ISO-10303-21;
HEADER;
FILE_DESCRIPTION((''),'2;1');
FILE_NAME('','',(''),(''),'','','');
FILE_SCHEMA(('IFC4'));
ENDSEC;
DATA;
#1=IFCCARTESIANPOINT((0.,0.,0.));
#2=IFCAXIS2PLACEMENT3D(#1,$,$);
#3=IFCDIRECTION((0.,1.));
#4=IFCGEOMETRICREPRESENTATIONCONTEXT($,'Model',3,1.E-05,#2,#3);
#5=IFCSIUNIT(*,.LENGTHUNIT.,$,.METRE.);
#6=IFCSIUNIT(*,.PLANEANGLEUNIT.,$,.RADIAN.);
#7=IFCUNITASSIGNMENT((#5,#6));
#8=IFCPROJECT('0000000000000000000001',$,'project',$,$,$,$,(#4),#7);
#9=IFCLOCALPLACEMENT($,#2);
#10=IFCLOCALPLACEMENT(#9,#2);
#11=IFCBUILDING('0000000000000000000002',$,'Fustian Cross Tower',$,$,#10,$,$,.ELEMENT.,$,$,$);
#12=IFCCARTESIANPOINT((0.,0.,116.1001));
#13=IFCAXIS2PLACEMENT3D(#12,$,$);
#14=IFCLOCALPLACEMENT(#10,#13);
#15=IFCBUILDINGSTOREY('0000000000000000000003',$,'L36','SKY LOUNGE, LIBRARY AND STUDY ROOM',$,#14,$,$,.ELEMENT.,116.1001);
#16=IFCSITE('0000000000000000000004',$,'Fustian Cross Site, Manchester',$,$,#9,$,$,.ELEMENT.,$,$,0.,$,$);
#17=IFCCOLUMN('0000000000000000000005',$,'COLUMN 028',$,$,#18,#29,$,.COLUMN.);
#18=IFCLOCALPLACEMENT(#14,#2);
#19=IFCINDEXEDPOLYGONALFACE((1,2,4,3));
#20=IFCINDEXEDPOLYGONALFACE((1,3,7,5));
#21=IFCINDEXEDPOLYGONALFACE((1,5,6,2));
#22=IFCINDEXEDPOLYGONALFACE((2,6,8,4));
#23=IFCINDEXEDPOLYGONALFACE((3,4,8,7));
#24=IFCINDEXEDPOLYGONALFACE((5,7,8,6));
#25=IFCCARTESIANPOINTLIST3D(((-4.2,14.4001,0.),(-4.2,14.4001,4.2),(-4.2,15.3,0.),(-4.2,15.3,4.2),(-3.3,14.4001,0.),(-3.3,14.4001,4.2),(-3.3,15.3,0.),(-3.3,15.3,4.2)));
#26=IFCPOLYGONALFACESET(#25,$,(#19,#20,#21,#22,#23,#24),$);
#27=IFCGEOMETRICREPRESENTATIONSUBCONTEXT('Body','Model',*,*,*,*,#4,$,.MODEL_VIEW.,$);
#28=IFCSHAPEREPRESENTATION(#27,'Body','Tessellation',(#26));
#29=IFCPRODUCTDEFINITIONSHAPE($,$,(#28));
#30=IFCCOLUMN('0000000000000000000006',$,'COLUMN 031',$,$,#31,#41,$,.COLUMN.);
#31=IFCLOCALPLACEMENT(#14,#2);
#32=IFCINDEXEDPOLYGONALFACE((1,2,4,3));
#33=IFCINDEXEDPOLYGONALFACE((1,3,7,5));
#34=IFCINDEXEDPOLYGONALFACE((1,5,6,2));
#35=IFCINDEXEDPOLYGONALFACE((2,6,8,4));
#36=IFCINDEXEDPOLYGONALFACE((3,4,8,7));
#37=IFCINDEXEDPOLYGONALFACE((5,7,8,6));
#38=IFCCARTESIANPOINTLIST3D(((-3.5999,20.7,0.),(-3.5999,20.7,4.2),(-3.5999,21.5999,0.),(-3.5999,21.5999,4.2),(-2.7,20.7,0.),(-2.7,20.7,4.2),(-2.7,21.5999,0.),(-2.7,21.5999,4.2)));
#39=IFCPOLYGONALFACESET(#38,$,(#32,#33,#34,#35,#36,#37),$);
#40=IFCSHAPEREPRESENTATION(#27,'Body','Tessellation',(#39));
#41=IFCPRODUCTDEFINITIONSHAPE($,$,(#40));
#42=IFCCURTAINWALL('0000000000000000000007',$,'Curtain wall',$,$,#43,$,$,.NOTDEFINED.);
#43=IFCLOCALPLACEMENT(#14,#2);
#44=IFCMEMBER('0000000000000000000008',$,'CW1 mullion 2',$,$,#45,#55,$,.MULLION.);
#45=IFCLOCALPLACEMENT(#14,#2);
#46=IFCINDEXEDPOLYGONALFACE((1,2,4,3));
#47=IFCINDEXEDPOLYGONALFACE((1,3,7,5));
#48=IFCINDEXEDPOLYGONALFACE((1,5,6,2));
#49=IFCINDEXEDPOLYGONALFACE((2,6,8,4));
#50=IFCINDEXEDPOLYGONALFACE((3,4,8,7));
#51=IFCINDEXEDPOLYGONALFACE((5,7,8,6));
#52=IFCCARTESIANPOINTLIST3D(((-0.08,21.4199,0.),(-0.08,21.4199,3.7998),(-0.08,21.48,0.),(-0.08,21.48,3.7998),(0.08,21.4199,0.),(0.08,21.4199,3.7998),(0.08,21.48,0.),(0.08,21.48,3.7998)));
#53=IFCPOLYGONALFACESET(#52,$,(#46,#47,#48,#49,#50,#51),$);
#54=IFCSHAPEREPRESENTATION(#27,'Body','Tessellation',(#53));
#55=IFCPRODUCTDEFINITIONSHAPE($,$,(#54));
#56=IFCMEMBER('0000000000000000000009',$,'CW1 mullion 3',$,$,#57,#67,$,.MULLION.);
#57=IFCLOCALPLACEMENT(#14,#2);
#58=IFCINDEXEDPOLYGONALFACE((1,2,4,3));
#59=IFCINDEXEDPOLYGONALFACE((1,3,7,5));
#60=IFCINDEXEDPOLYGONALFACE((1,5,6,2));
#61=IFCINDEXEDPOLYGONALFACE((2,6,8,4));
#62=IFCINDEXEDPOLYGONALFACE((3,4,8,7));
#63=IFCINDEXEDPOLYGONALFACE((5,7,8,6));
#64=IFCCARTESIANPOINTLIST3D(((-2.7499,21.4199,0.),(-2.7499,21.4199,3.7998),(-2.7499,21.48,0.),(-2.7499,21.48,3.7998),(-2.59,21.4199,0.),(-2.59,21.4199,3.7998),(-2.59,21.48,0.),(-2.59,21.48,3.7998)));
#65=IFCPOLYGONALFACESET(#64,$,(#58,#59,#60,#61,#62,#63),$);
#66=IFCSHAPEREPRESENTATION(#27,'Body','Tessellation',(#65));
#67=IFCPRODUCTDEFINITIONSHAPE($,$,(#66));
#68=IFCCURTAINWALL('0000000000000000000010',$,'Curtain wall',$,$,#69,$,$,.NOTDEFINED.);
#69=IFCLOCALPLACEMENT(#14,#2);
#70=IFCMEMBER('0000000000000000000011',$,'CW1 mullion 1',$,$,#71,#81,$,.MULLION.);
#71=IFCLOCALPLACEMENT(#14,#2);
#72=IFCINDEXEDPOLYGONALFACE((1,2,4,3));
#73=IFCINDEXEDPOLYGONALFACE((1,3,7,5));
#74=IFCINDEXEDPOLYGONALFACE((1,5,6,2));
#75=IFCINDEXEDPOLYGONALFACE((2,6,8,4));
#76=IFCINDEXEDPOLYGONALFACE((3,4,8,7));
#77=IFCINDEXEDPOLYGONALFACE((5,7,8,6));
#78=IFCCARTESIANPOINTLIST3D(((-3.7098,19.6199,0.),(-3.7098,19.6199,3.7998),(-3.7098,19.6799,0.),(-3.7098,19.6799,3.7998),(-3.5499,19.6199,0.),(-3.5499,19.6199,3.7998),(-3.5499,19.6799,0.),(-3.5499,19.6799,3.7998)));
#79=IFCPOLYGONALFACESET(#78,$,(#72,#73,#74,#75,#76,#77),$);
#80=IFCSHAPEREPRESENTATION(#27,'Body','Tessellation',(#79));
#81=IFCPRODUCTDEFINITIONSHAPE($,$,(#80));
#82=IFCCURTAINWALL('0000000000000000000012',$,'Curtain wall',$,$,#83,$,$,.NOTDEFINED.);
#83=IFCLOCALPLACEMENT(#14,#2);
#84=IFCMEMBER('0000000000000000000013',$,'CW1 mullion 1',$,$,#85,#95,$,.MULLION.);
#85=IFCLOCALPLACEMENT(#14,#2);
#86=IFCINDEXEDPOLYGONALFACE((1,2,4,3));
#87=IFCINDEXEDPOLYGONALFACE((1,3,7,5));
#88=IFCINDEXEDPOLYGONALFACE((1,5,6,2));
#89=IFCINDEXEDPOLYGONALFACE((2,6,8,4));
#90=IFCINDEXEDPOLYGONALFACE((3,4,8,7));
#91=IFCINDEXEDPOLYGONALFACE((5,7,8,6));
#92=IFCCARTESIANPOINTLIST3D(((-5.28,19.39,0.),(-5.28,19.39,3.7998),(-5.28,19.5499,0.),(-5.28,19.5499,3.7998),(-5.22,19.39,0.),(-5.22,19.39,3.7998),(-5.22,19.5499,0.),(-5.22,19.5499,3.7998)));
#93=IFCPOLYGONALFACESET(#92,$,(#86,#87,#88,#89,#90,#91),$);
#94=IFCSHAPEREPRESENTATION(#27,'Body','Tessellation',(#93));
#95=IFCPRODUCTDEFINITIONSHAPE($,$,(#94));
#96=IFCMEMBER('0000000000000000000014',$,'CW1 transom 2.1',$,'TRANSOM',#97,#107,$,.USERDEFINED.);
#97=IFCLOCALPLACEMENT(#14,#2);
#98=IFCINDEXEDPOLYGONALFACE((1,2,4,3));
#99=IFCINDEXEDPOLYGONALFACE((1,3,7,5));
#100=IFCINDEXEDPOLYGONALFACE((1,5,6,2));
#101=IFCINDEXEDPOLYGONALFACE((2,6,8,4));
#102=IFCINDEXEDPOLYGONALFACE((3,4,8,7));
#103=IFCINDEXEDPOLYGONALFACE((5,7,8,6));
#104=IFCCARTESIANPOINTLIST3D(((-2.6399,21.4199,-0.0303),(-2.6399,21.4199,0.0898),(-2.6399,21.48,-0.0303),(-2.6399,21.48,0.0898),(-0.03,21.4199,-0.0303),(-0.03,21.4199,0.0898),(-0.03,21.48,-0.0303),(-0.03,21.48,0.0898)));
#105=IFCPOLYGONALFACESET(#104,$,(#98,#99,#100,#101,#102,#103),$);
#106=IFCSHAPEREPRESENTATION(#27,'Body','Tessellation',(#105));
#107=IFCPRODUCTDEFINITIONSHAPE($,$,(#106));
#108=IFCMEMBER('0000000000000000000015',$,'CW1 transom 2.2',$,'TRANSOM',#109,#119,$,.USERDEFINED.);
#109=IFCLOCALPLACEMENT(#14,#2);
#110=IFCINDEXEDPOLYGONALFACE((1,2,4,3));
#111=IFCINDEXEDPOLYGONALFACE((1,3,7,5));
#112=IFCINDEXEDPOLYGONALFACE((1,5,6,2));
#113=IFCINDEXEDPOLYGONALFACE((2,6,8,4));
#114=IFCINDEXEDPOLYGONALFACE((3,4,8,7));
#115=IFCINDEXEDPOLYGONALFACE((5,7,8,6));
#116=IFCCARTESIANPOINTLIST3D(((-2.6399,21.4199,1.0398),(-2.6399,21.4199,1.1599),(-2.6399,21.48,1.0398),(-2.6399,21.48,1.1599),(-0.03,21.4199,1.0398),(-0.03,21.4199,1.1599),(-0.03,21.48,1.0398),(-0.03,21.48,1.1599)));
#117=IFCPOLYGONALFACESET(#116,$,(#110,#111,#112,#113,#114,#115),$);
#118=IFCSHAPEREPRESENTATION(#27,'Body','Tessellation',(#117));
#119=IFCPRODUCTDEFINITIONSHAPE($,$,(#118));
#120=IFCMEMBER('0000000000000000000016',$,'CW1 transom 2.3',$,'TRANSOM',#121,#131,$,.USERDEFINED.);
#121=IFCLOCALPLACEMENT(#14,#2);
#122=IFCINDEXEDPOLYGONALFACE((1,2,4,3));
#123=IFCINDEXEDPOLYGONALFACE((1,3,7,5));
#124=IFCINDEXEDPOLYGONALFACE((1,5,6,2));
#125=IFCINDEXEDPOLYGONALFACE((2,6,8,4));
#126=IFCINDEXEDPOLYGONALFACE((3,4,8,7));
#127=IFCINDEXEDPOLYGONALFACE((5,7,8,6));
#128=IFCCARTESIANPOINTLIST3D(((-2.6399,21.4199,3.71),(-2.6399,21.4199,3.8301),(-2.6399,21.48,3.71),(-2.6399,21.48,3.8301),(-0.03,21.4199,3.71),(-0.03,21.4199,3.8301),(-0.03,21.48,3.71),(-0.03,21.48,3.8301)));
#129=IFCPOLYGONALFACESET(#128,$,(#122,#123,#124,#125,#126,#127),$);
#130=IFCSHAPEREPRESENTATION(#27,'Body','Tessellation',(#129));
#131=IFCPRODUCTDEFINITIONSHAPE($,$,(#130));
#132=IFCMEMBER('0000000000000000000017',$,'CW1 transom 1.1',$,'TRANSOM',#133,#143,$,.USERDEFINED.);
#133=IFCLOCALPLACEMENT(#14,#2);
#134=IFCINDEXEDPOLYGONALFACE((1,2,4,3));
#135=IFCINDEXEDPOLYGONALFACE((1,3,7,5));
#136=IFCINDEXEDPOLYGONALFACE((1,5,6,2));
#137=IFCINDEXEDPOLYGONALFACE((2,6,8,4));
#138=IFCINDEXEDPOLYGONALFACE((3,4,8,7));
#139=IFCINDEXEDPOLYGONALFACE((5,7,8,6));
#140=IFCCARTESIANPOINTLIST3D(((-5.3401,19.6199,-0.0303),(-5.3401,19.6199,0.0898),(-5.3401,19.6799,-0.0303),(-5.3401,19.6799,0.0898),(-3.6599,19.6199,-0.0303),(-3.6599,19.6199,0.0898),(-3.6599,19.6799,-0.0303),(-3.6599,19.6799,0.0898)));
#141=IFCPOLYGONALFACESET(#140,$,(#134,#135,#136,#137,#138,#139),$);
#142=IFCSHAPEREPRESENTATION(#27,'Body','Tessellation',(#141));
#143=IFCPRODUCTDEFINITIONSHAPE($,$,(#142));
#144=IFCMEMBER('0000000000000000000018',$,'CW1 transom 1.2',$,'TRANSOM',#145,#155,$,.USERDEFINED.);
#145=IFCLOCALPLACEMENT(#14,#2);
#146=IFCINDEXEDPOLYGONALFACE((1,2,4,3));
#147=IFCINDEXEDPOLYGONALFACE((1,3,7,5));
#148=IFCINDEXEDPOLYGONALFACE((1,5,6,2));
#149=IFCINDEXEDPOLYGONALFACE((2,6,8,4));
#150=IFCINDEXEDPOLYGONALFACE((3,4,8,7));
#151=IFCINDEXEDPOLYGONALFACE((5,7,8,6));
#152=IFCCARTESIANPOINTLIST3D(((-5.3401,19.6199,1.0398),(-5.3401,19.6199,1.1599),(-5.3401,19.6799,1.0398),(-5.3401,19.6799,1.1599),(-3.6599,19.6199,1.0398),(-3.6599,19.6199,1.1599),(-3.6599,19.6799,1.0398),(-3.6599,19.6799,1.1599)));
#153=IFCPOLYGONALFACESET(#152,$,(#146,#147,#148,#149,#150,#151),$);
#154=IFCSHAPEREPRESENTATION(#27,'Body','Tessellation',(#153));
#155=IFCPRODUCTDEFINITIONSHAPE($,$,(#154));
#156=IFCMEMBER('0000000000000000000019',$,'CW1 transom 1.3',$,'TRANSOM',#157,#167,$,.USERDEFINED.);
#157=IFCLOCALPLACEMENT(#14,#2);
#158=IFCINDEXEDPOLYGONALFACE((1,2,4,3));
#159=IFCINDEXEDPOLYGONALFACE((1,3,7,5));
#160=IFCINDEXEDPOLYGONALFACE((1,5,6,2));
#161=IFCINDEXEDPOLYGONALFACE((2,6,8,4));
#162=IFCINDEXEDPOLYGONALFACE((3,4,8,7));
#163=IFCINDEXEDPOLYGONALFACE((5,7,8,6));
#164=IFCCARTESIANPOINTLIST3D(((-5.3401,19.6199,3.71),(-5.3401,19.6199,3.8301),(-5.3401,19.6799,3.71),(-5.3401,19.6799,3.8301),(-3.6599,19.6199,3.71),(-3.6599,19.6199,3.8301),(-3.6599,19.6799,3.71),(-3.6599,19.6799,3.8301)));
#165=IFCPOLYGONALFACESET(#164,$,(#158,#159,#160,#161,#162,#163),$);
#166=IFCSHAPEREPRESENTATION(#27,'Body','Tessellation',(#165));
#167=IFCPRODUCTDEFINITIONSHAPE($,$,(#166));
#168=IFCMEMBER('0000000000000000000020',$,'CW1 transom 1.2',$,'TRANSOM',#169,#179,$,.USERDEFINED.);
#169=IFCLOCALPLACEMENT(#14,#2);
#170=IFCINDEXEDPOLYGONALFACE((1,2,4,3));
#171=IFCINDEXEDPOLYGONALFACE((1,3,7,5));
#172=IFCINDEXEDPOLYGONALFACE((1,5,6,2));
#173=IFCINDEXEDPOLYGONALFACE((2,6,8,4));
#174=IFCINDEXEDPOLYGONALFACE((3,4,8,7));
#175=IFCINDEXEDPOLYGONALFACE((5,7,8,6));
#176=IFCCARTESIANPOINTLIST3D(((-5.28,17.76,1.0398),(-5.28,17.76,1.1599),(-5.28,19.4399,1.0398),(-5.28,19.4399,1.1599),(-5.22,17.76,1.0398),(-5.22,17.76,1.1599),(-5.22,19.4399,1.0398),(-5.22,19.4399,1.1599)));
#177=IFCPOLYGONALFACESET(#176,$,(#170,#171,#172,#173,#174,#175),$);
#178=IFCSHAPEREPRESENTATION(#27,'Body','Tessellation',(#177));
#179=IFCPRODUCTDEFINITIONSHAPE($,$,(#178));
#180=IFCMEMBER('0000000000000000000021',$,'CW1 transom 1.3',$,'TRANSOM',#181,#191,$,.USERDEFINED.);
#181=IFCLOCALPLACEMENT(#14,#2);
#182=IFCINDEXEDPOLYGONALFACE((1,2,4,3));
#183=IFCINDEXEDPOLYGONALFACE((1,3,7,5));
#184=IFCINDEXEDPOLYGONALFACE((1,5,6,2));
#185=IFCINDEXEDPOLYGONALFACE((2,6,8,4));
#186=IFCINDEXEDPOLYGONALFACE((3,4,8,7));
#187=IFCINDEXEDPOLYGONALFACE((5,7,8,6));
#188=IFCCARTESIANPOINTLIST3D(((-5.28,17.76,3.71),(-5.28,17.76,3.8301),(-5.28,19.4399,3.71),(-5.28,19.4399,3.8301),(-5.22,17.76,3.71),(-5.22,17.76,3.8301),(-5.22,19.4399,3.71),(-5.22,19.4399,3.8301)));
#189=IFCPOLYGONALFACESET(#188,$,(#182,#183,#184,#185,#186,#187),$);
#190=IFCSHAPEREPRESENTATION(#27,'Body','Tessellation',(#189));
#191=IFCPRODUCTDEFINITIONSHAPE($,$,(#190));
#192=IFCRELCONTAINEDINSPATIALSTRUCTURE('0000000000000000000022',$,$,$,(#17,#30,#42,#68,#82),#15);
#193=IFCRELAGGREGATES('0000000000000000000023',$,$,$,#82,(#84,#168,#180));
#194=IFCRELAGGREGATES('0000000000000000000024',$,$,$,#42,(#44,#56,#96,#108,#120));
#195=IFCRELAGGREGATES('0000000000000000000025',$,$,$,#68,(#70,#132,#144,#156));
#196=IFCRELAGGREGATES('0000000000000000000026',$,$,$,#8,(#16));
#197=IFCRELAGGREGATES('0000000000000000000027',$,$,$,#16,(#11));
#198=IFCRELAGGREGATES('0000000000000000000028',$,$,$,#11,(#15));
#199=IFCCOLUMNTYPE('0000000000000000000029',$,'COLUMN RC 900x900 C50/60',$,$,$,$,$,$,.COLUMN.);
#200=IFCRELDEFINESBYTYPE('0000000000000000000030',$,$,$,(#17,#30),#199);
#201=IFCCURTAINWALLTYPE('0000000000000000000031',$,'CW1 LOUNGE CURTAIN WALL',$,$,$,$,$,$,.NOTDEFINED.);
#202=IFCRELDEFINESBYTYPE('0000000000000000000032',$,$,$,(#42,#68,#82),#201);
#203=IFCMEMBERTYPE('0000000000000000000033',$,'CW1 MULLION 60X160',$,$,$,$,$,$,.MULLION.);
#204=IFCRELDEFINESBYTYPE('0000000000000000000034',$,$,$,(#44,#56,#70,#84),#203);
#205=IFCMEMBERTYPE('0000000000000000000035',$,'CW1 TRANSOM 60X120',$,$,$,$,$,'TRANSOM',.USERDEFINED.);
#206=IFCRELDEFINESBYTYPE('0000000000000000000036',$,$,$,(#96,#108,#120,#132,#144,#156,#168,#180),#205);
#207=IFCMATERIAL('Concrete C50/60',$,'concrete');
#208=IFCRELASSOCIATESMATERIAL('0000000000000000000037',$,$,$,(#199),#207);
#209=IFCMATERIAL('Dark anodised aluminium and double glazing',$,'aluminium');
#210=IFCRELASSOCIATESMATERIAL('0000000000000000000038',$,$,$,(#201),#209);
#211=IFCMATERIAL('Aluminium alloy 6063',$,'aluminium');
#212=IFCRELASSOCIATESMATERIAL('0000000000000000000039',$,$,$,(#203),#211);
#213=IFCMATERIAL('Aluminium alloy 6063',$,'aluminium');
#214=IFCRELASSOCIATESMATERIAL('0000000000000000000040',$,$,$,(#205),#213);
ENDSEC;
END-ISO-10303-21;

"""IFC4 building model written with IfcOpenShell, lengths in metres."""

from ifc_helpers import new_model, si_unit, direction, frame, origin, origin_2d, place, context, subcontext, project, spatial, rectangle, extrude, material, material_profile, profile_set, type_object, element, aggregate, save


model = new_model("IFC4")

# Units and contexts
model_context = context("Model", 3, precision=1e-05, world=origin(), true_north=direction((0.0, 1.0)))
body_context = subcontext(model_context, "Body", "Model", "MODEL_VIEW")
ifc_project = project(units=[si_unit("LENGTHUNIT", "METRE"), si_unit("PLANEANGLEUNIT", "RADIAN")], contexts=[model_context])

# Site, building, storey
site_placement = place(None, origin())
site = spatial("IfcSite", under=ifc_project, at=site_placement, Name="Fustian Cross Site, Manchester", CompositionType="ELEMENT", RefElevation=0.0)
building_placement = place(site_placement, origin())
building = spatial("IfcBuilding", under=site, at=building_placement, Name="Fustian Cross Tower", CompositionType="ELEMENT")
storey_placement = place(building_placement, frame((0.0, 0.0, 116.1001)))
storey = spatial("IfcBuildingStorey", under=building, at=storey_placement, Name="L36", Description="SKY LOUNGE, LIBRARY AND STUDY ROOM", CompositionType="ELEMENT", Elevation=116.1001)

# Columns
ifc_material_1 = material(Name="Concrete C50/60", Category="concrete")
ifc_material_profile_1 = material_profile(ifc_material_1, rectangle(XDim=0.8999, YDim=0.8999, at=origin_2d()), Name="RC 900x900")
ifc_profile_set_1 = profile_set([ifc_material_profile_1], Name="Concrete C50/60")
column_type = type_object("IfcColumnType", Name="COLUMN RC 900x900 C50/60", PredefinedType="COLUMN", material=ifc_profile_set_1)
for number, where, z_axis, x_axis, name in (
    (1, (-3.75, 14.8501, 0.0), (0.0, 0.0, 1.0), (1.0, 0.0, 0.0), "COLUMN 028"),
    (2, (-3.1499, 21.1499, 0.0), (0.0, 0.0, 1.0), (1.0, 0.0, 0.0), "COLUMN 031"),
):
    element("IfcColumn", number, at=place(storey_placement, frame(where, z_axis=z_axis, x_axis=x_axis)), inside=storey, type_object=column_type, Name=name, PredefinedType="COLUMN", context=body_context, shape_type="SweptSolid", body=[
        extrude(rectangle(XDim=0.8999, YDim=0.8999, at=origin_2d()), origin(), (0.0, 0.0, 1.0), 4.2),
    ])

# Curtain wall, members
ifc_material_2 = material(Name="Dark anodised aluminium and double glazing", Category="aluminium")
curtain_wall_type = type_object("IfcCurtainWallType", Name="CW1 LOUNGE CURTAIN WALL", PredefinedType="NOTDEFINED", material=ifc_material_2)
curtain_wall_1_placement = place(storey_placement, origin())
curtain_wall_1 = element("IfcCurtainWall", 3, at=curtain_wall_1_placement, inside=storey, type_object=curtain_wall_type, Name="Curtain wall", PredefinedType="NOTDEFINED")
ifc_material_3 = material(Name="Aluminium alloy 6063", Category="aluminium")
ifc_material_profile_2 = material_profile(ifc_material_3, rectangle(XDim=0.0601, YDim=0.1599, at=origin_2d()), Name="CW1 MULLION 60X160")
ifc_profile_set_2 = profile_set([ifc_material_profile_2], Name="Aluminium alloy 6063")
member_type_1 = type_object("IfcMemberType", Name="CW1 MULLION 60X160", PredefinedType="MULLION", material=ifc_profile_set_2)
member_1_placement = place(storey_placement, frame((0.0, 21.45, 0.0), z_axis=(0.0, 0.0, 1.0), x_axis=(0.0, -1.0, 0.0)))
member_1 = element("IfcMember", 4, at=member_1_placement, type_object=member_type_1, Name="CW1 mullion 2", PredefinedType="MULLION", context=body_context, shape_type="SweptSolid", body=[
    extrude(rectangle(XDim=0.0601, YDim=0.1599, at=origin_2d()), origin(), (0.0, 0.0, 1.0), 3.7998),
])
member_2_placement = place(storey_placement, frame((-2.6699, 21.45, 0.0), z_axis=(0.0, 0.0, 1.0), x_axis=(0.0, -1.0, 0.0)))
member_2 = element("IfcMember", 5, at=member_2_placement, type_object=member_type_1, Name="CW1 mullion 3", PredefinedType="MULLION", context=body_context, shape_type="SweptSolid", body=[
    extrude(rectangle(XDim=0.0601, YDim=0.1599, at=origin_2d()), origin(), (0.0, 0.0, 1.0), 3.7998),
])

# Curtain walls, members
curtain_wall_2_placement = place(storey_placement, origin())
curtain_wall_2 = element("IfcCurtainWall", 6, at=curtain_wall_2_placement, inside=storey, type_object=curtain_wall_type, Name="Curtain wall", PredefinedType="NOTDEFINED")
member_3_placement = place(storey_placement, frame((-3.6299, 19.6499, 0.0), z_axis=(0.0, 0.0, 1.0), x_axis=(0.0, -1.0, 0.0)))
member_3 = element("IfcMember", 7, at=member_3_placement, type_object=member_type_1, Name="CW1 mullion 1", PredefinedType="MULLION", context=body_context, shape_type="SweptSolid", body=[
    extrude(rectangle(XDim=0.0601, YDim=0.1599, at=origin_2d()), origin(), (0.0, 0.0, 1.0), 3.7998),
])
curtain_wall_3_placement = place(storey_placement, origin())
curtain_wall_3 = element("IfcCurtainWall", 8, at=curtain_wall_3_placement, inside=storey, type_object=curtain_wall_type, Name="Curtain wall", PredefinedType="NOTDEFINED")
member_4_placement = place(storey_placement, frame((-5.25, 19.47, 0.0), z_axis=(0.0, 0.0, 1.0), x_axis=(1.0, 0.0, 0.0)))
member_4 = element("IfcMember", 9, at=member_4_placement, type_object=member_type_1, Name="CW1 mullion 1", PredefinedType="MULLION", context=body_context, shape_type="SweptSolid", body=[
    extrude(rectangle(XDim=0.0601, YDim=0.1599, at=origin_2d()), origin(), (0.0, 0.0, 1.0), 3.7998),
])

# Members
ifc_material_4 = material(Name="Aluminium alloy 6063", Category="aluminium")
ifc_material_profile_3 = material_profile(ifc_material_4, rectangle(XDim=0.0601, YDim=0.1201, at=origin_2d()), Name="CW1 TRANSOM 60X120")
ifc_profile_set_3 = profile_set([ifc_material_profile_3], Name="Aluminium alloy 6063")
member_type_2 = type_object("IfcMemberType", Name="CW1 TRANSOM 60X120", ElementType="TRANSOM", PredefinedType="USERDEFINED", material=ifc_profile_set_3)
member_5_placement = place(storey_placement, frame((-0.03, 21.45, 0.0298), z_axis=(-1.0, 0.0, 0.0), x_axis=(0.0, -1.0, 0.0)))
member_5 = element("IfcMember", 10, at=member_5_placement, type_object=member_type_2, Name="CW1 transom 2.1", ObjectType="TRANSOM", PredefinedType="USERDEFINED", context=body_context, shape_type="SweptSolid", body=[
    extrude(rectangle(XDim=0.0601, YDim=0.1201, at=origin_2d()), origin(), (0.0, 0.0, 1.0), 2.6099),
])
member_6_placement = place(storey_placement, frame((-0.03, 21.45, 1.0999), z_axis=(-1.0, 0.0, 0.0), x_axis=(0.0, -1.0, 0.0)))
member_6 = element("IfcMember", 11, at=member_6_placement, type_object=member_type_2, Name="CW1 transom 2.2", ObjectType="TRANSOM", PredefinedType="USERDEFINED", context=body_context, shape_type="SweptSolid", body=[
    extrude(rectangle(XDim=0.0601, YDim=0.1201, at=origin_2d()), origin(), (0.0, 0.0, 1.0), 2.6099),
])
member_7_placement = place(storey_placement, frame((-0.03, 21.45, 3.77), z_axis=(-1.0, 0.0, 0.0), x_axis=(0.0, -1.0, 0.0)))
member_7 = element("IfcMember", 12, at=member_7_placement, type_object=member_type_2, Name="CW1 transom 2.3", ObjectType="TRANSOM", PredefinedType="USERDEFINED", context=body_context, shape_type="SweptSolid", body=[
    extrude(rectangle(XDim=0.0601, YDim=0.1201, at=origin_2d()), origin(), (0.0, 0.0, 1.0), 2.6099),
])
member_8_placement = place(storey_placement, frame((-3.6599, 19.6499, 0.0298), z_axis=(-1.0, 0.0, 0.0), x_axis=(0.0, -1.0, 0.0)))
member_8 = element("IfcMember", 13, at=member_8_placement, type_object=member_type_2, Name="CW1 transom 1.1", ObjectType="TRANSOM", PredefinedType="USERDEFINED", context=body_context, shape_type="SweptSolid", body=[
    extrude(rectangle(XDim=0.0601, YDim=0.1201, at=origin_2d()), origin(), (0.0, 0.0, 1.0), 1.6802),
])
member_9_placement = place(storey_placement, frame((-3.6599, 19.6499, 1.0999), z_axis=(-1.0, 0.0, 0.0), x_axis=(0.0, -1.0, 0.0)))
member_9 = element("IfcMember", 14, at=member_9_placement, type_object=member_type_2, Name="CW1 transom 1.2", ObjectType="TRANSOM", PredefinedType="USERDEFINED", context=body_context, shape_type="SweptSolid", body=[
    extrude(rectangle(XDim=0.0601, YDim=0.1201, at=origin_2d()), origin(), (0.0, 0.0, 1.0), 1.6802),
])
member_10_placement = place(storey_placement, frame((-3.6599, 19.6499, 3.77), z_axis=(-1.0, 0.0, 0.0), x_axis=(0.0, -1.0, 0.0)))
member_10 = element("IfcMember", 15, at=member_10_placement, type_object=member_type_2, Name="CW1 transom 1.3", ObjectType="TRANSOM", PredefinedType="USERDEFINED", context=body_context, shape_type="SweptSolid", body=[
    extrude(rectangle(XDim=0.0601, YDim=0.1201, at=origin_2d()), origin(), (0.0, 0.0, 1.0), 1.6802),
])
member_11_placement = place(storey_placement, frame((-5.25, 19.4399, 1.0999), z_axis=(0.0, -1.0, 0.0), x_axis=(1.0, 0.0, 0.0)))
member_11 = element("IfcMember", 16, at=member_11_placement, type_object=member_type_2, Name="CW1 transom 1.2", ObjectType="TRANSOM", PredefinedType="USERDEFINED", context=body_context, shape_type="SweptSolid", body=[
    extrude(rectangle(XDim=0.0601, YDim=0.1201, at=origin_2d()), origin(), (0.0, 0.0, 1.0), 1.6799),
])
member_12_placement = place(storey_placement, frame((-5.25, 19.4399, 3.77), z_axis=(0.0, -1.0, 0.0), x_axis=(1.0, 0.0, 0.0)))
member_12 = element("IfcMember", 17, at=member_12_placement, type_object=member_type_2, Name="CW1 transom 1.3", ObjectType="TRANSOM", PredefinedType="USERDEFINED", context=body_context, shape_type="SweptSolid", body=[
    extrude(rectangle(XDim=0.0601, YDim=0.1201, at=origin_2d()), origin(), (0.0, 0.0, 1.0), 1.6799),
])
aggregate(curtain_wall_3, [member_4, member_11, member_12])

aggregate(curtain_wall_1, [member_1, member_2, member_5, member_6, member_7])
aggregate(curtain_wall_2, [member_3, member_8, member_9, member_10])

save(model, "model.ifc")
